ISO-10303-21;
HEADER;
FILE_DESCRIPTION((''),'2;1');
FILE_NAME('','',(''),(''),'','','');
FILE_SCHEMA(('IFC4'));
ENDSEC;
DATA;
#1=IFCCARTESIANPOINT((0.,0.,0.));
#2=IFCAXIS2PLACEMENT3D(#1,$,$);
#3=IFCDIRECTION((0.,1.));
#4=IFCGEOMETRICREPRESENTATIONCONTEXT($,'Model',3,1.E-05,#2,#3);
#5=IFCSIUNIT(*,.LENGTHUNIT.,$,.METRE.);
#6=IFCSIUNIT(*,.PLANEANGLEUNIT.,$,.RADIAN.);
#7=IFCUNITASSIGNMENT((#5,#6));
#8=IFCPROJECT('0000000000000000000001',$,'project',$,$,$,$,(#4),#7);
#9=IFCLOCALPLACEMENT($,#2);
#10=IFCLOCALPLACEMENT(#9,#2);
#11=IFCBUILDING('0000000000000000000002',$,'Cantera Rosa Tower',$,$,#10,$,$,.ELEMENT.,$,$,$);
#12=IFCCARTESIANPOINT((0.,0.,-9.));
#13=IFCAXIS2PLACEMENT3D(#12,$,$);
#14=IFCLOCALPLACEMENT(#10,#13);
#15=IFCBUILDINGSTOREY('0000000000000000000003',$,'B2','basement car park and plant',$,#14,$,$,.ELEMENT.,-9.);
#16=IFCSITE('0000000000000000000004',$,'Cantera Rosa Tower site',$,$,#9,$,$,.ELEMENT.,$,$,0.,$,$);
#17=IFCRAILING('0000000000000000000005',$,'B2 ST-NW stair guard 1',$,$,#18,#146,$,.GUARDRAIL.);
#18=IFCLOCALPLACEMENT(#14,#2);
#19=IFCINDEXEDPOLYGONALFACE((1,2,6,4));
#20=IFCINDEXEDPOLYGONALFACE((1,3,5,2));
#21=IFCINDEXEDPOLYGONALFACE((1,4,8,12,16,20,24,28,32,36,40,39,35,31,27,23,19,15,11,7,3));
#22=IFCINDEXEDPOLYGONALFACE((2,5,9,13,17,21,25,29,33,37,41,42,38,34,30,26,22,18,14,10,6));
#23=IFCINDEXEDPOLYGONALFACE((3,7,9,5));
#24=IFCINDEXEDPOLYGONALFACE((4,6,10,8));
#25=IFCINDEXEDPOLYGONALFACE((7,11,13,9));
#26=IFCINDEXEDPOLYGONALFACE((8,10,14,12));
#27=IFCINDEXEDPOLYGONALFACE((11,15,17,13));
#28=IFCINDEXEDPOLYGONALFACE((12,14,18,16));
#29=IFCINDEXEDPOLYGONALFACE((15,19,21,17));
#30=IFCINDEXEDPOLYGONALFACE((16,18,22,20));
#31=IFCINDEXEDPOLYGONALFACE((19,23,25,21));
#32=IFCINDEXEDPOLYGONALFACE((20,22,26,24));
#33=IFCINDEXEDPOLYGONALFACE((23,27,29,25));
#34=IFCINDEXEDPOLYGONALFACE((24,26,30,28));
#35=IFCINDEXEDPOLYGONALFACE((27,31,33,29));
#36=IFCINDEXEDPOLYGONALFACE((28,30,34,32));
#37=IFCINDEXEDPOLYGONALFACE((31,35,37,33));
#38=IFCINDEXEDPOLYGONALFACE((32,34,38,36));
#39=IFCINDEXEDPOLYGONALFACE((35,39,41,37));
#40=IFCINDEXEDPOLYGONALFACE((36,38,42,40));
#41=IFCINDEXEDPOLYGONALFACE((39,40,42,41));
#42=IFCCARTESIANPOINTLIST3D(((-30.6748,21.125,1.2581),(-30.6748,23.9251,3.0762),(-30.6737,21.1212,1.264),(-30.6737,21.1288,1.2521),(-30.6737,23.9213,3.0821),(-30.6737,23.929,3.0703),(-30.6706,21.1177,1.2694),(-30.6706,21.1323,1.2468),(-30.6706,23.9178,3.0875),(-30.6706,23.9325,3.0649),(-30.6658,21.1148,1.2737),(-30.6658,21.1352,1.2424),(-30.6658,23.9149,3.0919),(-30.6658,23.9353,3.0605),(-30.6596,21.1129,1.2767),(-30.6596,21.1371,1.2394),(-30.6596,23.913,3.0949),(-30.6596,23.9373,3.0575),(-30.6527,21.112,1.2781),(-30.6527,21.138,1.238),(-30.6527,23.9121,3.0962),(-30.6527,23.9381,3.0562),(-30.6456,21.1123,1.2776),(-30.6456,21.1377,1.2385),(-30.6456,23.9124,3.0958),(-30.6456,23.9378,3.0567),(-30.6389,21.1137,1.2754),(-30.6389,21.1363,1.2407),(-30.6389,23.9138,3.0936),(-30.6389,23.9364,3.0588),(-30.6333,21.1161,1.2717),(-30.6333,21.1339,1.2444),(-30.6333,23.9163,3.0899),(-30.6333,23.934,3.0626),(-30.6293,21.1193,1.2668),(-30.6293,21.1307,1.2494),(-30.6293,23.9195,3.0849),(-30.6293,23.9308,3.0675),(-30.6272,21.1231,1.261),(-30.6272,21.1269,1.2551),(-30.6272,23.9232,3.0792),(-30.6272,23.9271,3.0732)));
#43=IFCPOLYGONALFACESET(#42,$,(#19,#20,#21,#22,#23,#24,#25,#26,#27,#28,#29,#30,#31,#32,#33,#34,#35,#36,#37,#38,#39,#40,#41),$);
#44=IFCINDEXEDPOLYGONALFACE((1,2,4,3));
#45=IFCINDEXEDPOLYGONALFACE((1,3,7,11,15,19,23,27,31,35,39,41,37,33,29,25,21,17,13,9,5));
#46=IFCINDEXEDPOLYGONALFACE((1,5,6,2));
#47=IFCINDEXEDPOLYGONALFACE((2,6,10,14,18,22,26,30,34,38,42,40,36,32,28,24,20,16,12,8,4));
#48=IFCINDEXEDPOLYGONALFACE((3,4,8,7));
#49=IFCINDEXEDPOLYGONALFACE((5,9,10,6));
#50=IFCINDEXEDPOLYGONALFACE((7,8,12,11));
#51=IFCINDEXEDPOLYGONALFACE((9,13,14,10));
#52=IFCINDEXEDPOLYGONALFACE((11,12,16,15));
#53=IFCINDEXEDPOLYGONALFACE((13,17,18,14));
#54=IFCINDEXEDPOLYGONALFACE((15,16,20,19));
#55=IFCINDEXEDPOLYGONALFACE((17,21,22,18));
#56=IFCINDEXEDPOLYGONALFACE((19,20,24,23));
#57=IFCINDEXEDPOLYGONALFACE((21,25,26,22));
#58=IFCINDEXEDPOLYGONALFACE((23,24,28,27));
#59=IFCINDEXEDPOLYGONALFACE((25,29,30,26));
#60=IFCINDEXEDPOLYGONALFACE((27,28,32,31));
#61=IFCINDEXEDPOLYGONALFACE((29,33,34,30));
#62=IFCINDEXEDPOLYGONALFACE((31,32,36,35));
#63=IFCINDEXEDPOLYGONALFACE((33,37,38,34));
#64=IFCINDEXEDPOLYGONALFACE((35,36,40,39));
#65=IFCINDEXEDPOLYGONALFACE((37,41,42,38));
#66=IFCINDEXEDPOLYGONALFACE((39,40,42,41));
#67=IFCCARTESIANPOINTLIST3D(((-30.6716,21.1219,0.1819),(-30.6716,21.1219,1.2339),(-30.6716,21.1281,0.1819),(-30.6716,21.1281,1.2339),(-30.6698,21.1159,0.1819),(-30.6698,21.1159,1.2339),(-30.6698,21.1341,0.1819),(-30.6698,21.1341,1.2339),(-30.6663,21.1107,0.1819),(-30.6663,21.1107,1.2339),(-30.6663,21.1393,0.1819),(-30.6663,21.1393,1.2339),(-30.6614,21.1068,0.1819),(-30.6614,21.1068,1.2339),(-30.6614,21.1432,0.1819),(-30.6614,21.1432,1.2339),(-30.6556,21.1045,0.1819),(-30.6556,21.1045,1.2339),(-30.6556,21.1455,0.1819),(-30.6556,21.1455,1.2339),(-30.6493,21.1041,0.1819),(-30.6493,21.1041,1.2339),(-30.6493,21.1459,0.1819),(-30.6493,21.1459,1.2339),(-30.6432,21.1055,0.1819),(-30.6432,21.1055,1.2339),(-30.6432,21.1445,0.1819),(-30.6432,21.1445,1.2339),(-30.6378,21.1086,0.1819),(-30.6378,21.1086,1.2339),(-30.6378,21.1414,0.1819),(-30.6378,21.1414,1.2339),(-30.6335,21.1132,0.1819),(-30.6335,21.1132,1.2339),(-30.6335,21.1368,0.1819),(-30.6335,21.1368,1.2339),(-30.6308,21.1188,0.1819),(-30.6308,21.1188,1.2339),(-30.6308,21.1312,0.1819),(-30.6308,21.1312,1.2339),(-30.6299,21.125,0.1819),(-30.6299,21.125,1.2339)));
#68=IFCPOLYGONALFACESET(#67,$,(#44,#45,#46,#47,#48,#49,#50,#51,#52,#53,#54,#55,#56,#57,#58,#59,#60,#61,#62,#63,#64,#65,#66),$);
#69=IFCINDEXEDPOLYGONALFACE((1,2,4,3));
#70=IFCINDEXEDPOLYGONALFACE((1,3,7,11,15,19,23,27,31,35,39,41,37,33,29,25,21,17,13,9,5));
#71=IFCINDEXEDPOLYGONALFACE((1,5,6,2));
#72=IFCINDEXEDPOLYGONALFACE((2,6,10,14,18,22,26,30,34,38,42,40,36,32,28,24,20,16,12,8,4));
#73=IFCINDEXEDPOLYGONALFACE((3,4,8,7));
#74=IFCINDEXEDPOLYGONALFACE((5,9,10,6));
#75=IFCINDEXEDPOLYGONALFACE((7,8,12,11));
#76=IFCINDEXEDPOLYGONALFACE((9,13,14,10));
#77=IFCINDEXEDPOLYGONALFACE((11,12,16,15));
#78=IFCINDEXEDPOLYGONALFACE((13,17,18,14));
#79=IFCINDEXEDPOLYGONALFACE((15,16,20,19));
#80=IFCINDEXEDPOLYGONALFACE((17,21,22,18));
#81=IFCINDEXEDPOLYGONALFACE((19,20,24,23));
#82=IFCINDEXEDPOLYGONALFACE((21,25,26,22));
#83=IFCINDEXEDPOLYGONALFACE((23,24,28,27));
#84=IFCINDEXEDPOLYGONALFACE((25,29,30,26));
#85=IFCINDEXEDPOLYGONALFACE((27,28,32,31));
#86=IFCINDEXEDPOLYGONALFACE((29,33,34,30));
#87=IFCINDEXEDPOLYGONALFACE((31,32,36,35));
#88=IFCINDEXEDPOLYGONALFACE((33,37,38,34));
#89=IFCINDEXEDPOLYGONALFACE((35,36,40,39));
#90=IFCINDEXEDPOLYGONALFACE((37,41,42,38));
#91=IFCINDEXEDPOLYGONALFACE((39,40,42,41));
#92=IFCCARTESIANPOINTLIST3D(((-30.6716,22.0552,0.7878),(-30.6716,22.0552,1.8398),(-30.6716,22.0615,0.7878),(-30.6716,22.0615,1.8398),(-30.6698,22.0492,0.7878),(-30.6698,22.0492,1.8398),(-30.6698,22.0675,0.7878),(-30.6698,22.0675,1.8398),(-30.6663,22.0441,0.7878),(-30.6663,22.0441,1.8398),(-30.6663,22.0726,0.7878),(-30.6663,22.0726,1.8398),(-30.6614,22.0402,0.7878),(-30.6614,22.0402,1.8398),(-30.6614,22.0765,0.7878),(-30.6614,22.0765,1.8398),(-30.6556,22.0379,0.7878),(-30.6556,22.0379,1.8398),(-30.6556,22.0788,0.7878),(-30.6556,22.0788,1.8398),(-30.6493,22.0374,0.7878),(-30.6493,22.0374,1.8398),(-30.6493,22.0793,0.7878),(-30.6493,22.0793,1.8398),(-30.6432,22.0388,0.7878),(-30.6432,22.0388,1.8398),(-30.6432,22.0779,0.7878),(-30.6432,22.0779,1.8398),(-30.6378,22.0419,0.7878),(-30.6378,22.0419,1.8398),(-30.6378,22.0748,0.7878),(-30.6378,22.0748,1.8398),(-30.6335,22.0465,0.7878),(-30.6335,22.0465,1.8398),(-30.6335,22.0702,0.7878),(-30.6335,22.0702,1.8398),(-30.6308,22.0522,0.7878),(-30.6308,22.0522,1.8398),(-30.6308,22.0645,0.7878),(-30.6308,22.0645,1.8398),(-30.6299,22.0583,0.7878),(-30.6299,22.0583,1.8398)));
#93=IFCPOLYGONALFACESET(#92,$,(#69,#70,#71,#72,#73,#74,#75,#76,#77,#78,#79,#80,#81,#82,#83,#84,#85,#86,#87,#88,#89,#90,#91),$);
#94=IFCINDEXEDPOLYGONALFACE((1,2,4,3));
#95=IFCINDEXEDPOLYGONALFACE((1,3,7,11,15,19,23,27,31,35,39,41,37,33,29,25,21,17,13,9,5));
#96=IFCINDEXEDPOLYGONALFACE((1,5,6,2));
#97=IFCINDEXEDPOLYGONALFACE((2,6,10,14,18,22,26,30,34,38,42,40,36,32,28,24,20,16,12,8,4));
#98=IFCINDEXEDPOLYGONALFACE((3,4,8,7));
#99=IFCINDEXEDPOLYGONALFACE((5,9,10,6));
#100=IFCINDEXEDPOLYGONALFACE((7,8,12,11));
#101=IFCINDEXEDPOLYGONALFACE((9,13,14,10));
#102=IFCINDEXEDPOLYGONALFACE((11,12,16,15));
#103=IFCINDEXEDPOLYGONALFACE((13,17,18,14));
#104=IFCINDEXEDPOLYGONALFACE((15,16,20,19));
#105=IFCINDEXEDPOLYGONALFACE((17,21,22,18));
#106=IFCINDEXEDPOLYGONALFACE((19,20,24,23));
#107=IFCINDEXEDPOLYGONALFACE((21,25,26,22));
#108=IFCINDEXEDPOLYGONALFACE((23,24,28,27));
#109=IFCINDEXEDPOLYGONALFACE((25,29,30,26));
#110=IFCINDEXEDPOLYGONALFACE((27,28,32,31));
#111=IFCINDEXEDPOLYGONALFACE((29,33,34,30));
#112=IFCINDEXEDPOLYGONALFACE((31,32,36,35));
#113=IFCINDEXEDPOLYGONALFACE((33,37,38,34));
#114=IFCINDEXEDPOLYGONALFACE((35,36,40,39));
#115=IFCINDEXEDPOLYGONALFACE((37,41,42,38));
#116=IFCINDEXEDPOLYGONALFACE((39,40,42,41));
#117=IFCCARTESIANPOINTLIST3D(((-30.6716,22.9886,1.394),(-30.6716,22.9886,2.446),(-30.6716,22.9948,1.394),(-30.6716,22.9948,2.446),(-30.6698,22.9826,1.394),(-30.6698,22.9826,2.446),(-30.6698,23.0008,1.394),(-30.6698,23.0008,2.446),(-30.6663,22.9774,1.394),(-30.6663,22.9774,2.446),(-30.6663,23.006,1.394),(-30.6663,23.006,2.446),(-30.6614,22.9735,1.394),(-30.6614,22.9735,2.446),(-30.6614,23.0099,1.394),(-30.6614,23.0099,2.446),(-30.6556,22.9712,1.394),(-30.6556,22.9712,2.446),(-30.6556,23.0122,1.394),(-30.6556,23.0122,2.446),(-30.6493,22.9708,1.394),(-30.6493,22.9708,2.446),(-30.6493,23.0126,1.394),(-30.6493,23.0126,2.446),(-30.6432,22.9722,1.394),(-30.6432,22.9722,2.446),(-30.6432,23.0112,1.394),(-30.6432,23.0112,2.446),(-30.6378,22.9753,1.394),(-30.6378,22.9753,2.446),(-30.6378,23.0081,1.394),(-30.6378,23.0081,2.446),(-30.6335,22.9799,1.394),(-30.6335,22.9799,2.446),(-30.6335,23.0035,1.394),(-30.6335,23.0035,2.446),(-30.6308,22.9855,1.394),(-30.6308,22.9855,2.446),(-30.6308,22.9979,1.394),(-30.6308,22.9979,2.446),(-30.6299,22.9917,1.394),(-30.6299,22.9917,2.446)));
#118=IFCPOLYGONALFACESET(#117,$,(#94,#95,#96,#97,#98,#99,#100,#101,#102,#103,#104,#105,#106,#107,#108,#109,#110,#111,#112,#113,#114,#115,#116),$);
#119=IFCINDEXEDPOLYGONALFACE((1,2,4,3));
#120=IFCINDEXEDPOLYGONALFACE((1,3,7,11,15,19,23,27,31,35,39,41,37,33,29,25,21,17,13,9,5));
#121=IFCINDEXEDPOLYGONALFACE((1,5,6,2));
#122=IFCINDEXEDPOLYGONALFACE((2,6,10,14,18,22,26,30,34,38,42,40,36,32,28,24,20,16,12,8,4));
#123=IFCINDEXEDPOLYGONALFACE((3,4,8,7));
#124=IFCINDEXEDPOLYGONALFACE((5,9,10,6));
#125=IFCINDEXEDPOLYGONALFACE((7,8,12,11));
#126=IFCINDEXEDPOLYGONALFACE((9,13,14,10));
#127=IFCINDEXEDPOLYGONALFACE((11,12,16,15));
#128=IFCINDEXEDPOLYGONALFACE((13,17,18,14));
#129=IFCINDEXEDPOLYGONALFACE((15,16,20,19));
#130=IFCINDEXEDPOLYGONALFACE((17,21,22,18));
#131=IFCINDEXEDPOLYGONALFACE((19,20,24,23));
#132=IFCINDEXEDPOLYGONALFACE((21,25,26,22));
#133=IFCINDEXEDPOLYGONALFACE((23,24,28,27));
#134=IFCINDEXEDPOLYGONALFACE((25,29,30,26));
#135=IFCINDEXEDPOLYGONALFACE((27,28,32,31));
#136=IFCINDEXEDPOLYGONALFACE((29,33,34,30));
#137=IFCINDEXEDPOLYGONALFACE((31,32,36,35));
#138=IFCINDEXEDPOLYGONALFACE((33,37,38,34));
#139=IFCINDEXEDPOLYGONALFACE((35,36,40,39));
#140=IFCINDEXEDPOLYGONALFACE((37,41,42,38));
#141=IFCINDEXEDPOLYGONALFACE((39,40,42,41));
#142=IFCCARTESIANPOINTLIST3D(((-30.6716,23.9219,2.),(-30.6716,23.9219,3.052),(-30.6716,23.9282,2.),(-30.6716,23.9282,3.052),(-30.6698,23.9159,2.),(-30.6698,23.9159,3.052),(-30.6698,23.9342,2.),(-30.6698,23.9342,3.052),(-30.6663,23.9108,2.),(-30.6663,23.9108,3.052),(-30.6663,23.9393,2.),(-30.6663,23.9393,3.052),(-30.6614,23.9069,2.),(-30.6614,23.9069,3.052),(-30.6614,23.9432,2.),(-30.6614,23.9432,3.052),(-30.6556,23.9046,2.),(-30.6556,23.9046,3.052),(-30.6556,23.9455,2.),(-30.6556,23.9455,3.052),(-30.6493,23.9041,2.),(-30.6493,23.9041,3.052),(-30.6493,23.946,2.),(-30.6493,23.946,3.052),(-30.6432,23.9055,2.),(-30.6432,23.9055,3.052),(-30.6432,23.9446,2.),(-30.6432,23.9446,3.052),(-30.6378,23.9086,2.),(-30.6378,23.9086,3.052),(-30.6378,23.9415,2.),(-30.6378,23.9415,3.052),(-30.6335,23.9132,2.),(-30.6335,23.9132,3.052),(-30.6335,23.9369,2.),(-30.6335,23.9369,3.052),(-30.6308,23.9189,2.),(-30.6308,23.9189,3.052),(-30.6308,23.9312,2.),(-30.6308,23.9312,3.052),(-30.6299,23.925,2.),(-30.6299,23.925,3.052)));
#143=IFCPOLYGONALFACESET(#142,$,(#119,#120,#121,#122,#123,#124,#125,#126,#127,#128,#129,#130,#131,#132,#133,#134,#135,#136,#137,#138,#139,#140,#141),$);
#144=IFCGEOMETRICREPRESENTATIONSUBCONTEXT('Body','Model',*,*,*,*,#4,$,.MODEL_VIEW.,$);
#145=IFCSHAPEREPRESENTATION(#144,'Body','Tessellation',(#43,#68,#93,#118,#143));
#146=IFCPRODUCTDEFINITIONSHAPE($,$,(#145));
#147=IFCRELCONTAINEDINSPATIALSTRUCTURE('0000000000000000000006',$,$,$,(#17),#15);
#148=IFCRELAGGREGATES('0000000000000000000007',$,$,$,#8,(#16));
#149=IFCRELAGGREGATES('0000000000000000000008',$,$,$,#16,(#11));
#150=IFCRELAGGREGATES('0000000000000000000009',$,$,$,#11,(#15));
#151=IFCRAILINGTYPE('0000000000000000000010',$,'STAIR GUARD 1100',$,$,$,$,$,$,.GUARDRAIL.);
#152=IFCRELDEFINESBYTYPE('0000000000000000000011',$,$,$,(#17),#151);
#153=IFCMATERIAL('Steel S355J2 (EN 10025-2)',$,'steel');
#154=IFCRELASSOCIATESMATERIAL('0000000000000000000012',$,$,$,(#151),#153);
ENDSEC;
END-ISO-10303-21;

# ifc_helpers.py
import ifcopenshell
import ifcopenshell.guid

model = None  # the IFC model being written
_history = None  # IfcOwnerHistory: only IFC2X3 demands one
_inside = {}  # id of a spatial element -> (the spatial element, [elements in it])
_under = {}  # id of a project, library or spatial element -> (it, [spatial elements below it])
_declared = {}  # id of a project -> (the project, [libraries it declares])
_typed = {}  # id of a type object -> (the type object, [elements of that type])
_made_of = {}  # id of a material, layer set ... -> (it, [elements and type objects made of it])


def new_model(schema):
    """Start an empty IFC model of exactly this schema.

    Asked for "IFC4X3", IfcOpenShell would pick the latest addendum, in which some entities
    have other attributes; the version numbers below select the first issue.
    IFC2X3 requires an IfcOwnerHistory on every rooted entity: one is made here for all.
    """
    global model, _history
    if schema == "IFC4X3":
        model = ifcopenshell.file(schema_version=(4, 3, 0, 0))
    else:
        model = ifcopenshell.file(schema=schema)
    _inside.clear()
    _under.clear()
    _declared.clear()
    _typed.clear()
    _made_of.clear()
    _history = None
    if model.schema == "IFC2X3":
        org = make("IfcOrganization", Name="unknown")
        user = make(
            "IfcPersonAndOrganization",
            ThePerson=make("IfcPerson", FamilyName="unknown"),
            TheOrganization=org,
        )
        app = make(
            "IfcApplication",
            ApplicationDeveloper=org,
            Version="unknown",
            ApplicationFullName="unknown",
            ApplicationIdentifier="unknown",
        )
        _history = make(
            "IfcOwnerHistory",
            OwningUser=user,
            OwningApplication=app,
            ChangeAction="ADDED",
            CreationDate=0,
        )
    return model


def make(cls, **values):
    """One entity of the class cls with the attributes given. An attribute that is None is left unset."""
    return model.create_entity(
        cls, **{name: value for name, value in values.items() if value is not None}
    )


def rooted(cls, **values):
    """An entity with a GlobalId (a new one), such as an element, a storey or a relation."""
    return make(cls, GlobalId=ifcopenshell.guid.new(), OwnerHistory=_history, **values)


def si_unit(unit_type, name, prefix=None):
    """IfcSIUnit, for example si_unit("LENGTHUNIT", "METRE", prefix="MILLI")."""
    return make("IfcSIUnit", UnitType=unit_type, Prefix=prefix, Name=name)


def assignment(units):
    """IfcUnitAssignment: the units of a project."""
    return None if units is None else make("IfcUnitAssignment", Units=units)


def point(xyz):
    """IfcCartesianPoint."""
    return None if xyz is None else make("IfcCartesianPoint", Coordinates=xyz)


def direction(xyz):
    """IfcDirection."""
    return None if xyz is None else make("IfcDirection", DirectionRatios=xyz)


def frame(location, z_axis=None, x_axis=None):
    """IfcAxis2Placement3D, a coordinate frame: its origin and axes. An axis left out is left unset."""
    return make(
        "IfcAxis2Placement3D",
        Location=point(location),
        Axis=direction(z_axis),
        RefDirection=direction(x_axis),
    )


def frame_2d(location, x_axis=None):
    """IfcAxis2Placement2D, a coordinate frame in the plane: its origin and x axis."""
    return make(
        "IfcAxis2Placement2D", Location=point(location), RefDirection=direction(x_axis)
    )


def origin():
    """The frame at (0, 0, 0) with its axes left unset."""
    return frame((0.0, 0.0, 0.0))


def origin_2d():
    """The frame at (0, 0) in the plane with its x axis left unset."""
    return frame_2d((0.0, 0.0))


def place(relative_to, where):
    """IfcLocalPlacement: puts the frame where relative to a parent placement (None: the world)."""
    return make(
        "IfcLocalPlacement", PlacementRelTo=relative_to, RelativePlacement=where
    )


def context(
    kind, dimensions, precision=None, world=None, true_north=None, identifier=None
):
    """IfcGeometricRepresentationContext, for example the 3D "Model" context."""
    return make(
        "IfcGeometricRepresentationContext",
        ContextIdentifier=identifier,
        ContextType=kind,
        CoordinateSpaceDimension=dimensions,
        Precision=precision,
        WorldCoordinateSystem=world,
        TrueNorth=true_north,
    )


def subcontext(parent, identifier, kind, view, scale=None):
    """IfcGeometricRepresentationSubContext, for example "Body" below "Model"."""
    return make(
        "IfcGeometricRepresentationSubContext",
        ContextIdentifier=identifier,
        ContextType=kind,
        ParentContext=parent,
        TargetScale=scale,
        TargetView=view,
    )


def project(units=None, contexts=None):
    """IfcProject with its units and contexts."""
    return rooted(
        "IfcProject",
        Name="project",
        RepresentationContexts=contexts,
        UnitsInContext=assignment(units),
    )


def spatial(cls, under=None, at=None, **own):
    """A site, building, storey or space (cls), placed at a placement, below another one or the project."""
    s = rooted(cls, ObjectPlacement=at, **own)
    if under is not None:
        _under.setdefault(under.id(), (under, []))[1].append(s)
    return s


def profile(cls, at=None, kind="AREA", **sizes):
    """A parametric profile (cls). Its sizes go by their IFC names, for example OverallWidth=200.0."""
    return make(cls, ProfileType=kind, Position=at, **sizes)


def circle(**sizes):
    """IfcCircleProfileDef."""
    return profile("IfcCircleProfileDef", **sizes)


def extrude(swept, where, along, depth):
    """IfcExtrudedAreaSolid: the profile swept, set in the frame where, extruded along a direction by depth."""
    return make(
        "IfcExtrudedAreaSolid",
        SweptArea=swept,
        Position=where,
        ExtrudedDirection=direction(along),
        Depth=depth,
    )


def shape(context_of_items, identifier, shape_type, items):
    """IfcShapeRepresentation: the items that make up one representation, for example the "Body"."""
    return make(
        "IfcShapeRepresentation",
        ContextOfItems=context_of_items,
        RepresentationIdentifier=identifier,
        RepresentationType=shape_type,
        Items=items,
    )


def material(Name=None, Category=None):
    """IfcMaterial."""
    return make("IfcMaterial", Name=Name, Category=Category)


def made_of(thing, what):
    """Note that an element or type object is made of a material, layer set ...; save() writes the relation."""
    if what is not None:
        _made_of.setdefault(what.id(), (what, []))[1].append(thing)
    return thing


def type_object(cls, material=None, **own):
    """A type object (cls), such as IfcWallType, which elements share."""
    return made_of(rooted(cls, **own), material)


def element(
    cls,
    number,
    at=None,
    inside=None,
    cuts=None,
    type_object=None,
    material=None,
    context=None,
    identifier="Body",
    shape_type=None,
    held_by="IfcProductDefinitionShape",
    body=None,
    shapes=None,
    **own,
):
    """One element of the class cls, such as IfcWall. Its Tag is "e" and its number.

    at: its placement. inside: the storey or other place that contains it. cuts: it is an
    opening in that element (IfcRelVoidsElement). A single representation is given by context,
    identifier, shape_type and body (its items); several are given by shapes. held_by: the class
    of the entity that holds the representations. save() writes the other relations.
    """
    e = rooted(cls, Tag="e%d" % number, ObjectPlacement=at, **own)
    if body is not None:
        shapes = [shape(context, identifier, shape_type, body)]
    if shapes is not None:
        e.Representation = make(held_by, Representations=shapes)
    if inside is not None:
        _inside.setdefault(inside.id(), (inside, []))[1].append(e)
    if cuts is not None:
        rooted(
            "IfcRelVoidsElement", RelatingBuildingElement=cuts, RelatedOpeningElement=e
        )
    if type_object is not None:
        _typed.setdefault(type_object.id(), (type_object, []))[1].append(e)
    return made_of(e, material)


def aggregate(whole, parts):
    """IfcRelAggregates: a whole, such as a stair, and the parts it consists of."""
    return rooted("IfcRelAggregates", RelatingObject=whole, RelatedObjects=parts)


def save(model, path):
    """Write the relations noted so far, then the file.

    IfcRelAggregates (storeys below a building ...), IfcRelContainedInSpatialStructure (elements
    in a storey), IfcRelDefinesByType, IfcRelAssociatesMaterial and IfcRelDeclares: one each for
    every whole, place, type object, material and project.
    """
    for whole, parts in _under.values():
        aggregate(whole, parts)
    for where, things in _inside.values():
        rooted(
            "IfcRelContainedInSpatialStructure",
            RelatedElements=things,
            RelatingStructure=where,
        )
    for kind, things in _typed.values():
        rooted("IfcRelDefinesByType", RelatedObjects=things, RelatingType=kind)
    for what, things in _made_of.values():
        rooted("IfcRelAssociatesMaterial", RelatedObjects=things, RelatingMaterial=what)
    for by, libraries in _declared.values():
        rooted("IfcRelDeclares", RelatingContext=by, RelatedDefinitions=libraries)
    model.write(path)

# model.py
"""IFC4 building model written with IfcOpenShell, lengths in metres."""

from ifc_helpers import new_model, si_unit, direction, frame, origin, origin_2d, place, context, subcontext, project, spatial, circle, extrude, material, type_object, element, save


model = new_model("IFC4")

# Units and contexts
model_context = context("Model", 3, precision=1e-05, world=origin(), true_north=direction((0.0, 1.0)))
body_context = subcontext(model_context, "Body", "Model", "MODEL_VIEW")
ifc_project = project(units=[si_unit("LENGTHUNIT", "METRE"), si_unit("PLANEANGLEUNIT", "RADIAN")], contexts=[model_context])

# Site, building, storey
site_placement = place(None, origin())
site = spatial("IfcSite", under=ifc_project, at=site_placement, Name="Cantera Rosa Tower site", CompositionType="ELEMENT", RefElevation=0.0)
building_placement = place(site_placement, origin())
building = spatial("IfcBuilding", under=site, at=building_placement, Name="Cantera Rosa Tower", CompositionType="ELEMENT")
storey_placement = place(building_placement, frame((0.0, 0.0, -9.0)))
storey = spatial("IfcBuildingStorey", under=building, at=storey_placement, Name="B2", Description="basement car park and plant", CompositionType="ELEMENT", Elevation=-9.0)

# Railing
ifc_material_1 = material(Name="Steel S355J2 (EN 10025-2)", Category="steel")
railing_type_1 = type_object("IfcRailingType", Name="STAIR GUARD 1100", PredefinedType="GUARDRAIL", material=ifc_material_1)
railing_1_placement = place(storey_placement, frame((-30.6509, 21.125, 0.1819)))
element("IfcRailing", 1, at=railing_1_placement, inside=storey, type_object=railing_type_1, Name="B2 ST-NW stair guard 1", PredefinedType="GUARDRAIL", context=body_context, shape_type="SweptSolid", body=[
    extrude(circle(Radius=0.0239, at=origin_2d()), frame((0.0, 0.0, 1.0762), z_axis=(0.0, 0.838706, 0.544585), x_axis=(-1.0, 0.0, 0.0)), (0.0, 0.0, 1.0), 3.3386),
    extrude(circle(Radius=0.021, at=origin_2d()), origin(), (0.0, 0.0, 1.0), 1.052),
    extrude(circle(Radius=0.021, at=origin_2d()), frame((0.0, 0.9333, 0.606)), (0.0, 0.0, 1.0), 1.052),
    extrude(circle(Radius=0.021, at=origin_2d()), frame((0.0, 1.8667, 1.2122)), (0.0, 0.0, 1.0), 1.052),
    extrude(circle(Radius=0.021, at=origin_2d()), frame((0.0, 2.8, 1.8181)), (0.0, 0.0, 1.0), 1.052),
])

save(model, "model.ifc")
